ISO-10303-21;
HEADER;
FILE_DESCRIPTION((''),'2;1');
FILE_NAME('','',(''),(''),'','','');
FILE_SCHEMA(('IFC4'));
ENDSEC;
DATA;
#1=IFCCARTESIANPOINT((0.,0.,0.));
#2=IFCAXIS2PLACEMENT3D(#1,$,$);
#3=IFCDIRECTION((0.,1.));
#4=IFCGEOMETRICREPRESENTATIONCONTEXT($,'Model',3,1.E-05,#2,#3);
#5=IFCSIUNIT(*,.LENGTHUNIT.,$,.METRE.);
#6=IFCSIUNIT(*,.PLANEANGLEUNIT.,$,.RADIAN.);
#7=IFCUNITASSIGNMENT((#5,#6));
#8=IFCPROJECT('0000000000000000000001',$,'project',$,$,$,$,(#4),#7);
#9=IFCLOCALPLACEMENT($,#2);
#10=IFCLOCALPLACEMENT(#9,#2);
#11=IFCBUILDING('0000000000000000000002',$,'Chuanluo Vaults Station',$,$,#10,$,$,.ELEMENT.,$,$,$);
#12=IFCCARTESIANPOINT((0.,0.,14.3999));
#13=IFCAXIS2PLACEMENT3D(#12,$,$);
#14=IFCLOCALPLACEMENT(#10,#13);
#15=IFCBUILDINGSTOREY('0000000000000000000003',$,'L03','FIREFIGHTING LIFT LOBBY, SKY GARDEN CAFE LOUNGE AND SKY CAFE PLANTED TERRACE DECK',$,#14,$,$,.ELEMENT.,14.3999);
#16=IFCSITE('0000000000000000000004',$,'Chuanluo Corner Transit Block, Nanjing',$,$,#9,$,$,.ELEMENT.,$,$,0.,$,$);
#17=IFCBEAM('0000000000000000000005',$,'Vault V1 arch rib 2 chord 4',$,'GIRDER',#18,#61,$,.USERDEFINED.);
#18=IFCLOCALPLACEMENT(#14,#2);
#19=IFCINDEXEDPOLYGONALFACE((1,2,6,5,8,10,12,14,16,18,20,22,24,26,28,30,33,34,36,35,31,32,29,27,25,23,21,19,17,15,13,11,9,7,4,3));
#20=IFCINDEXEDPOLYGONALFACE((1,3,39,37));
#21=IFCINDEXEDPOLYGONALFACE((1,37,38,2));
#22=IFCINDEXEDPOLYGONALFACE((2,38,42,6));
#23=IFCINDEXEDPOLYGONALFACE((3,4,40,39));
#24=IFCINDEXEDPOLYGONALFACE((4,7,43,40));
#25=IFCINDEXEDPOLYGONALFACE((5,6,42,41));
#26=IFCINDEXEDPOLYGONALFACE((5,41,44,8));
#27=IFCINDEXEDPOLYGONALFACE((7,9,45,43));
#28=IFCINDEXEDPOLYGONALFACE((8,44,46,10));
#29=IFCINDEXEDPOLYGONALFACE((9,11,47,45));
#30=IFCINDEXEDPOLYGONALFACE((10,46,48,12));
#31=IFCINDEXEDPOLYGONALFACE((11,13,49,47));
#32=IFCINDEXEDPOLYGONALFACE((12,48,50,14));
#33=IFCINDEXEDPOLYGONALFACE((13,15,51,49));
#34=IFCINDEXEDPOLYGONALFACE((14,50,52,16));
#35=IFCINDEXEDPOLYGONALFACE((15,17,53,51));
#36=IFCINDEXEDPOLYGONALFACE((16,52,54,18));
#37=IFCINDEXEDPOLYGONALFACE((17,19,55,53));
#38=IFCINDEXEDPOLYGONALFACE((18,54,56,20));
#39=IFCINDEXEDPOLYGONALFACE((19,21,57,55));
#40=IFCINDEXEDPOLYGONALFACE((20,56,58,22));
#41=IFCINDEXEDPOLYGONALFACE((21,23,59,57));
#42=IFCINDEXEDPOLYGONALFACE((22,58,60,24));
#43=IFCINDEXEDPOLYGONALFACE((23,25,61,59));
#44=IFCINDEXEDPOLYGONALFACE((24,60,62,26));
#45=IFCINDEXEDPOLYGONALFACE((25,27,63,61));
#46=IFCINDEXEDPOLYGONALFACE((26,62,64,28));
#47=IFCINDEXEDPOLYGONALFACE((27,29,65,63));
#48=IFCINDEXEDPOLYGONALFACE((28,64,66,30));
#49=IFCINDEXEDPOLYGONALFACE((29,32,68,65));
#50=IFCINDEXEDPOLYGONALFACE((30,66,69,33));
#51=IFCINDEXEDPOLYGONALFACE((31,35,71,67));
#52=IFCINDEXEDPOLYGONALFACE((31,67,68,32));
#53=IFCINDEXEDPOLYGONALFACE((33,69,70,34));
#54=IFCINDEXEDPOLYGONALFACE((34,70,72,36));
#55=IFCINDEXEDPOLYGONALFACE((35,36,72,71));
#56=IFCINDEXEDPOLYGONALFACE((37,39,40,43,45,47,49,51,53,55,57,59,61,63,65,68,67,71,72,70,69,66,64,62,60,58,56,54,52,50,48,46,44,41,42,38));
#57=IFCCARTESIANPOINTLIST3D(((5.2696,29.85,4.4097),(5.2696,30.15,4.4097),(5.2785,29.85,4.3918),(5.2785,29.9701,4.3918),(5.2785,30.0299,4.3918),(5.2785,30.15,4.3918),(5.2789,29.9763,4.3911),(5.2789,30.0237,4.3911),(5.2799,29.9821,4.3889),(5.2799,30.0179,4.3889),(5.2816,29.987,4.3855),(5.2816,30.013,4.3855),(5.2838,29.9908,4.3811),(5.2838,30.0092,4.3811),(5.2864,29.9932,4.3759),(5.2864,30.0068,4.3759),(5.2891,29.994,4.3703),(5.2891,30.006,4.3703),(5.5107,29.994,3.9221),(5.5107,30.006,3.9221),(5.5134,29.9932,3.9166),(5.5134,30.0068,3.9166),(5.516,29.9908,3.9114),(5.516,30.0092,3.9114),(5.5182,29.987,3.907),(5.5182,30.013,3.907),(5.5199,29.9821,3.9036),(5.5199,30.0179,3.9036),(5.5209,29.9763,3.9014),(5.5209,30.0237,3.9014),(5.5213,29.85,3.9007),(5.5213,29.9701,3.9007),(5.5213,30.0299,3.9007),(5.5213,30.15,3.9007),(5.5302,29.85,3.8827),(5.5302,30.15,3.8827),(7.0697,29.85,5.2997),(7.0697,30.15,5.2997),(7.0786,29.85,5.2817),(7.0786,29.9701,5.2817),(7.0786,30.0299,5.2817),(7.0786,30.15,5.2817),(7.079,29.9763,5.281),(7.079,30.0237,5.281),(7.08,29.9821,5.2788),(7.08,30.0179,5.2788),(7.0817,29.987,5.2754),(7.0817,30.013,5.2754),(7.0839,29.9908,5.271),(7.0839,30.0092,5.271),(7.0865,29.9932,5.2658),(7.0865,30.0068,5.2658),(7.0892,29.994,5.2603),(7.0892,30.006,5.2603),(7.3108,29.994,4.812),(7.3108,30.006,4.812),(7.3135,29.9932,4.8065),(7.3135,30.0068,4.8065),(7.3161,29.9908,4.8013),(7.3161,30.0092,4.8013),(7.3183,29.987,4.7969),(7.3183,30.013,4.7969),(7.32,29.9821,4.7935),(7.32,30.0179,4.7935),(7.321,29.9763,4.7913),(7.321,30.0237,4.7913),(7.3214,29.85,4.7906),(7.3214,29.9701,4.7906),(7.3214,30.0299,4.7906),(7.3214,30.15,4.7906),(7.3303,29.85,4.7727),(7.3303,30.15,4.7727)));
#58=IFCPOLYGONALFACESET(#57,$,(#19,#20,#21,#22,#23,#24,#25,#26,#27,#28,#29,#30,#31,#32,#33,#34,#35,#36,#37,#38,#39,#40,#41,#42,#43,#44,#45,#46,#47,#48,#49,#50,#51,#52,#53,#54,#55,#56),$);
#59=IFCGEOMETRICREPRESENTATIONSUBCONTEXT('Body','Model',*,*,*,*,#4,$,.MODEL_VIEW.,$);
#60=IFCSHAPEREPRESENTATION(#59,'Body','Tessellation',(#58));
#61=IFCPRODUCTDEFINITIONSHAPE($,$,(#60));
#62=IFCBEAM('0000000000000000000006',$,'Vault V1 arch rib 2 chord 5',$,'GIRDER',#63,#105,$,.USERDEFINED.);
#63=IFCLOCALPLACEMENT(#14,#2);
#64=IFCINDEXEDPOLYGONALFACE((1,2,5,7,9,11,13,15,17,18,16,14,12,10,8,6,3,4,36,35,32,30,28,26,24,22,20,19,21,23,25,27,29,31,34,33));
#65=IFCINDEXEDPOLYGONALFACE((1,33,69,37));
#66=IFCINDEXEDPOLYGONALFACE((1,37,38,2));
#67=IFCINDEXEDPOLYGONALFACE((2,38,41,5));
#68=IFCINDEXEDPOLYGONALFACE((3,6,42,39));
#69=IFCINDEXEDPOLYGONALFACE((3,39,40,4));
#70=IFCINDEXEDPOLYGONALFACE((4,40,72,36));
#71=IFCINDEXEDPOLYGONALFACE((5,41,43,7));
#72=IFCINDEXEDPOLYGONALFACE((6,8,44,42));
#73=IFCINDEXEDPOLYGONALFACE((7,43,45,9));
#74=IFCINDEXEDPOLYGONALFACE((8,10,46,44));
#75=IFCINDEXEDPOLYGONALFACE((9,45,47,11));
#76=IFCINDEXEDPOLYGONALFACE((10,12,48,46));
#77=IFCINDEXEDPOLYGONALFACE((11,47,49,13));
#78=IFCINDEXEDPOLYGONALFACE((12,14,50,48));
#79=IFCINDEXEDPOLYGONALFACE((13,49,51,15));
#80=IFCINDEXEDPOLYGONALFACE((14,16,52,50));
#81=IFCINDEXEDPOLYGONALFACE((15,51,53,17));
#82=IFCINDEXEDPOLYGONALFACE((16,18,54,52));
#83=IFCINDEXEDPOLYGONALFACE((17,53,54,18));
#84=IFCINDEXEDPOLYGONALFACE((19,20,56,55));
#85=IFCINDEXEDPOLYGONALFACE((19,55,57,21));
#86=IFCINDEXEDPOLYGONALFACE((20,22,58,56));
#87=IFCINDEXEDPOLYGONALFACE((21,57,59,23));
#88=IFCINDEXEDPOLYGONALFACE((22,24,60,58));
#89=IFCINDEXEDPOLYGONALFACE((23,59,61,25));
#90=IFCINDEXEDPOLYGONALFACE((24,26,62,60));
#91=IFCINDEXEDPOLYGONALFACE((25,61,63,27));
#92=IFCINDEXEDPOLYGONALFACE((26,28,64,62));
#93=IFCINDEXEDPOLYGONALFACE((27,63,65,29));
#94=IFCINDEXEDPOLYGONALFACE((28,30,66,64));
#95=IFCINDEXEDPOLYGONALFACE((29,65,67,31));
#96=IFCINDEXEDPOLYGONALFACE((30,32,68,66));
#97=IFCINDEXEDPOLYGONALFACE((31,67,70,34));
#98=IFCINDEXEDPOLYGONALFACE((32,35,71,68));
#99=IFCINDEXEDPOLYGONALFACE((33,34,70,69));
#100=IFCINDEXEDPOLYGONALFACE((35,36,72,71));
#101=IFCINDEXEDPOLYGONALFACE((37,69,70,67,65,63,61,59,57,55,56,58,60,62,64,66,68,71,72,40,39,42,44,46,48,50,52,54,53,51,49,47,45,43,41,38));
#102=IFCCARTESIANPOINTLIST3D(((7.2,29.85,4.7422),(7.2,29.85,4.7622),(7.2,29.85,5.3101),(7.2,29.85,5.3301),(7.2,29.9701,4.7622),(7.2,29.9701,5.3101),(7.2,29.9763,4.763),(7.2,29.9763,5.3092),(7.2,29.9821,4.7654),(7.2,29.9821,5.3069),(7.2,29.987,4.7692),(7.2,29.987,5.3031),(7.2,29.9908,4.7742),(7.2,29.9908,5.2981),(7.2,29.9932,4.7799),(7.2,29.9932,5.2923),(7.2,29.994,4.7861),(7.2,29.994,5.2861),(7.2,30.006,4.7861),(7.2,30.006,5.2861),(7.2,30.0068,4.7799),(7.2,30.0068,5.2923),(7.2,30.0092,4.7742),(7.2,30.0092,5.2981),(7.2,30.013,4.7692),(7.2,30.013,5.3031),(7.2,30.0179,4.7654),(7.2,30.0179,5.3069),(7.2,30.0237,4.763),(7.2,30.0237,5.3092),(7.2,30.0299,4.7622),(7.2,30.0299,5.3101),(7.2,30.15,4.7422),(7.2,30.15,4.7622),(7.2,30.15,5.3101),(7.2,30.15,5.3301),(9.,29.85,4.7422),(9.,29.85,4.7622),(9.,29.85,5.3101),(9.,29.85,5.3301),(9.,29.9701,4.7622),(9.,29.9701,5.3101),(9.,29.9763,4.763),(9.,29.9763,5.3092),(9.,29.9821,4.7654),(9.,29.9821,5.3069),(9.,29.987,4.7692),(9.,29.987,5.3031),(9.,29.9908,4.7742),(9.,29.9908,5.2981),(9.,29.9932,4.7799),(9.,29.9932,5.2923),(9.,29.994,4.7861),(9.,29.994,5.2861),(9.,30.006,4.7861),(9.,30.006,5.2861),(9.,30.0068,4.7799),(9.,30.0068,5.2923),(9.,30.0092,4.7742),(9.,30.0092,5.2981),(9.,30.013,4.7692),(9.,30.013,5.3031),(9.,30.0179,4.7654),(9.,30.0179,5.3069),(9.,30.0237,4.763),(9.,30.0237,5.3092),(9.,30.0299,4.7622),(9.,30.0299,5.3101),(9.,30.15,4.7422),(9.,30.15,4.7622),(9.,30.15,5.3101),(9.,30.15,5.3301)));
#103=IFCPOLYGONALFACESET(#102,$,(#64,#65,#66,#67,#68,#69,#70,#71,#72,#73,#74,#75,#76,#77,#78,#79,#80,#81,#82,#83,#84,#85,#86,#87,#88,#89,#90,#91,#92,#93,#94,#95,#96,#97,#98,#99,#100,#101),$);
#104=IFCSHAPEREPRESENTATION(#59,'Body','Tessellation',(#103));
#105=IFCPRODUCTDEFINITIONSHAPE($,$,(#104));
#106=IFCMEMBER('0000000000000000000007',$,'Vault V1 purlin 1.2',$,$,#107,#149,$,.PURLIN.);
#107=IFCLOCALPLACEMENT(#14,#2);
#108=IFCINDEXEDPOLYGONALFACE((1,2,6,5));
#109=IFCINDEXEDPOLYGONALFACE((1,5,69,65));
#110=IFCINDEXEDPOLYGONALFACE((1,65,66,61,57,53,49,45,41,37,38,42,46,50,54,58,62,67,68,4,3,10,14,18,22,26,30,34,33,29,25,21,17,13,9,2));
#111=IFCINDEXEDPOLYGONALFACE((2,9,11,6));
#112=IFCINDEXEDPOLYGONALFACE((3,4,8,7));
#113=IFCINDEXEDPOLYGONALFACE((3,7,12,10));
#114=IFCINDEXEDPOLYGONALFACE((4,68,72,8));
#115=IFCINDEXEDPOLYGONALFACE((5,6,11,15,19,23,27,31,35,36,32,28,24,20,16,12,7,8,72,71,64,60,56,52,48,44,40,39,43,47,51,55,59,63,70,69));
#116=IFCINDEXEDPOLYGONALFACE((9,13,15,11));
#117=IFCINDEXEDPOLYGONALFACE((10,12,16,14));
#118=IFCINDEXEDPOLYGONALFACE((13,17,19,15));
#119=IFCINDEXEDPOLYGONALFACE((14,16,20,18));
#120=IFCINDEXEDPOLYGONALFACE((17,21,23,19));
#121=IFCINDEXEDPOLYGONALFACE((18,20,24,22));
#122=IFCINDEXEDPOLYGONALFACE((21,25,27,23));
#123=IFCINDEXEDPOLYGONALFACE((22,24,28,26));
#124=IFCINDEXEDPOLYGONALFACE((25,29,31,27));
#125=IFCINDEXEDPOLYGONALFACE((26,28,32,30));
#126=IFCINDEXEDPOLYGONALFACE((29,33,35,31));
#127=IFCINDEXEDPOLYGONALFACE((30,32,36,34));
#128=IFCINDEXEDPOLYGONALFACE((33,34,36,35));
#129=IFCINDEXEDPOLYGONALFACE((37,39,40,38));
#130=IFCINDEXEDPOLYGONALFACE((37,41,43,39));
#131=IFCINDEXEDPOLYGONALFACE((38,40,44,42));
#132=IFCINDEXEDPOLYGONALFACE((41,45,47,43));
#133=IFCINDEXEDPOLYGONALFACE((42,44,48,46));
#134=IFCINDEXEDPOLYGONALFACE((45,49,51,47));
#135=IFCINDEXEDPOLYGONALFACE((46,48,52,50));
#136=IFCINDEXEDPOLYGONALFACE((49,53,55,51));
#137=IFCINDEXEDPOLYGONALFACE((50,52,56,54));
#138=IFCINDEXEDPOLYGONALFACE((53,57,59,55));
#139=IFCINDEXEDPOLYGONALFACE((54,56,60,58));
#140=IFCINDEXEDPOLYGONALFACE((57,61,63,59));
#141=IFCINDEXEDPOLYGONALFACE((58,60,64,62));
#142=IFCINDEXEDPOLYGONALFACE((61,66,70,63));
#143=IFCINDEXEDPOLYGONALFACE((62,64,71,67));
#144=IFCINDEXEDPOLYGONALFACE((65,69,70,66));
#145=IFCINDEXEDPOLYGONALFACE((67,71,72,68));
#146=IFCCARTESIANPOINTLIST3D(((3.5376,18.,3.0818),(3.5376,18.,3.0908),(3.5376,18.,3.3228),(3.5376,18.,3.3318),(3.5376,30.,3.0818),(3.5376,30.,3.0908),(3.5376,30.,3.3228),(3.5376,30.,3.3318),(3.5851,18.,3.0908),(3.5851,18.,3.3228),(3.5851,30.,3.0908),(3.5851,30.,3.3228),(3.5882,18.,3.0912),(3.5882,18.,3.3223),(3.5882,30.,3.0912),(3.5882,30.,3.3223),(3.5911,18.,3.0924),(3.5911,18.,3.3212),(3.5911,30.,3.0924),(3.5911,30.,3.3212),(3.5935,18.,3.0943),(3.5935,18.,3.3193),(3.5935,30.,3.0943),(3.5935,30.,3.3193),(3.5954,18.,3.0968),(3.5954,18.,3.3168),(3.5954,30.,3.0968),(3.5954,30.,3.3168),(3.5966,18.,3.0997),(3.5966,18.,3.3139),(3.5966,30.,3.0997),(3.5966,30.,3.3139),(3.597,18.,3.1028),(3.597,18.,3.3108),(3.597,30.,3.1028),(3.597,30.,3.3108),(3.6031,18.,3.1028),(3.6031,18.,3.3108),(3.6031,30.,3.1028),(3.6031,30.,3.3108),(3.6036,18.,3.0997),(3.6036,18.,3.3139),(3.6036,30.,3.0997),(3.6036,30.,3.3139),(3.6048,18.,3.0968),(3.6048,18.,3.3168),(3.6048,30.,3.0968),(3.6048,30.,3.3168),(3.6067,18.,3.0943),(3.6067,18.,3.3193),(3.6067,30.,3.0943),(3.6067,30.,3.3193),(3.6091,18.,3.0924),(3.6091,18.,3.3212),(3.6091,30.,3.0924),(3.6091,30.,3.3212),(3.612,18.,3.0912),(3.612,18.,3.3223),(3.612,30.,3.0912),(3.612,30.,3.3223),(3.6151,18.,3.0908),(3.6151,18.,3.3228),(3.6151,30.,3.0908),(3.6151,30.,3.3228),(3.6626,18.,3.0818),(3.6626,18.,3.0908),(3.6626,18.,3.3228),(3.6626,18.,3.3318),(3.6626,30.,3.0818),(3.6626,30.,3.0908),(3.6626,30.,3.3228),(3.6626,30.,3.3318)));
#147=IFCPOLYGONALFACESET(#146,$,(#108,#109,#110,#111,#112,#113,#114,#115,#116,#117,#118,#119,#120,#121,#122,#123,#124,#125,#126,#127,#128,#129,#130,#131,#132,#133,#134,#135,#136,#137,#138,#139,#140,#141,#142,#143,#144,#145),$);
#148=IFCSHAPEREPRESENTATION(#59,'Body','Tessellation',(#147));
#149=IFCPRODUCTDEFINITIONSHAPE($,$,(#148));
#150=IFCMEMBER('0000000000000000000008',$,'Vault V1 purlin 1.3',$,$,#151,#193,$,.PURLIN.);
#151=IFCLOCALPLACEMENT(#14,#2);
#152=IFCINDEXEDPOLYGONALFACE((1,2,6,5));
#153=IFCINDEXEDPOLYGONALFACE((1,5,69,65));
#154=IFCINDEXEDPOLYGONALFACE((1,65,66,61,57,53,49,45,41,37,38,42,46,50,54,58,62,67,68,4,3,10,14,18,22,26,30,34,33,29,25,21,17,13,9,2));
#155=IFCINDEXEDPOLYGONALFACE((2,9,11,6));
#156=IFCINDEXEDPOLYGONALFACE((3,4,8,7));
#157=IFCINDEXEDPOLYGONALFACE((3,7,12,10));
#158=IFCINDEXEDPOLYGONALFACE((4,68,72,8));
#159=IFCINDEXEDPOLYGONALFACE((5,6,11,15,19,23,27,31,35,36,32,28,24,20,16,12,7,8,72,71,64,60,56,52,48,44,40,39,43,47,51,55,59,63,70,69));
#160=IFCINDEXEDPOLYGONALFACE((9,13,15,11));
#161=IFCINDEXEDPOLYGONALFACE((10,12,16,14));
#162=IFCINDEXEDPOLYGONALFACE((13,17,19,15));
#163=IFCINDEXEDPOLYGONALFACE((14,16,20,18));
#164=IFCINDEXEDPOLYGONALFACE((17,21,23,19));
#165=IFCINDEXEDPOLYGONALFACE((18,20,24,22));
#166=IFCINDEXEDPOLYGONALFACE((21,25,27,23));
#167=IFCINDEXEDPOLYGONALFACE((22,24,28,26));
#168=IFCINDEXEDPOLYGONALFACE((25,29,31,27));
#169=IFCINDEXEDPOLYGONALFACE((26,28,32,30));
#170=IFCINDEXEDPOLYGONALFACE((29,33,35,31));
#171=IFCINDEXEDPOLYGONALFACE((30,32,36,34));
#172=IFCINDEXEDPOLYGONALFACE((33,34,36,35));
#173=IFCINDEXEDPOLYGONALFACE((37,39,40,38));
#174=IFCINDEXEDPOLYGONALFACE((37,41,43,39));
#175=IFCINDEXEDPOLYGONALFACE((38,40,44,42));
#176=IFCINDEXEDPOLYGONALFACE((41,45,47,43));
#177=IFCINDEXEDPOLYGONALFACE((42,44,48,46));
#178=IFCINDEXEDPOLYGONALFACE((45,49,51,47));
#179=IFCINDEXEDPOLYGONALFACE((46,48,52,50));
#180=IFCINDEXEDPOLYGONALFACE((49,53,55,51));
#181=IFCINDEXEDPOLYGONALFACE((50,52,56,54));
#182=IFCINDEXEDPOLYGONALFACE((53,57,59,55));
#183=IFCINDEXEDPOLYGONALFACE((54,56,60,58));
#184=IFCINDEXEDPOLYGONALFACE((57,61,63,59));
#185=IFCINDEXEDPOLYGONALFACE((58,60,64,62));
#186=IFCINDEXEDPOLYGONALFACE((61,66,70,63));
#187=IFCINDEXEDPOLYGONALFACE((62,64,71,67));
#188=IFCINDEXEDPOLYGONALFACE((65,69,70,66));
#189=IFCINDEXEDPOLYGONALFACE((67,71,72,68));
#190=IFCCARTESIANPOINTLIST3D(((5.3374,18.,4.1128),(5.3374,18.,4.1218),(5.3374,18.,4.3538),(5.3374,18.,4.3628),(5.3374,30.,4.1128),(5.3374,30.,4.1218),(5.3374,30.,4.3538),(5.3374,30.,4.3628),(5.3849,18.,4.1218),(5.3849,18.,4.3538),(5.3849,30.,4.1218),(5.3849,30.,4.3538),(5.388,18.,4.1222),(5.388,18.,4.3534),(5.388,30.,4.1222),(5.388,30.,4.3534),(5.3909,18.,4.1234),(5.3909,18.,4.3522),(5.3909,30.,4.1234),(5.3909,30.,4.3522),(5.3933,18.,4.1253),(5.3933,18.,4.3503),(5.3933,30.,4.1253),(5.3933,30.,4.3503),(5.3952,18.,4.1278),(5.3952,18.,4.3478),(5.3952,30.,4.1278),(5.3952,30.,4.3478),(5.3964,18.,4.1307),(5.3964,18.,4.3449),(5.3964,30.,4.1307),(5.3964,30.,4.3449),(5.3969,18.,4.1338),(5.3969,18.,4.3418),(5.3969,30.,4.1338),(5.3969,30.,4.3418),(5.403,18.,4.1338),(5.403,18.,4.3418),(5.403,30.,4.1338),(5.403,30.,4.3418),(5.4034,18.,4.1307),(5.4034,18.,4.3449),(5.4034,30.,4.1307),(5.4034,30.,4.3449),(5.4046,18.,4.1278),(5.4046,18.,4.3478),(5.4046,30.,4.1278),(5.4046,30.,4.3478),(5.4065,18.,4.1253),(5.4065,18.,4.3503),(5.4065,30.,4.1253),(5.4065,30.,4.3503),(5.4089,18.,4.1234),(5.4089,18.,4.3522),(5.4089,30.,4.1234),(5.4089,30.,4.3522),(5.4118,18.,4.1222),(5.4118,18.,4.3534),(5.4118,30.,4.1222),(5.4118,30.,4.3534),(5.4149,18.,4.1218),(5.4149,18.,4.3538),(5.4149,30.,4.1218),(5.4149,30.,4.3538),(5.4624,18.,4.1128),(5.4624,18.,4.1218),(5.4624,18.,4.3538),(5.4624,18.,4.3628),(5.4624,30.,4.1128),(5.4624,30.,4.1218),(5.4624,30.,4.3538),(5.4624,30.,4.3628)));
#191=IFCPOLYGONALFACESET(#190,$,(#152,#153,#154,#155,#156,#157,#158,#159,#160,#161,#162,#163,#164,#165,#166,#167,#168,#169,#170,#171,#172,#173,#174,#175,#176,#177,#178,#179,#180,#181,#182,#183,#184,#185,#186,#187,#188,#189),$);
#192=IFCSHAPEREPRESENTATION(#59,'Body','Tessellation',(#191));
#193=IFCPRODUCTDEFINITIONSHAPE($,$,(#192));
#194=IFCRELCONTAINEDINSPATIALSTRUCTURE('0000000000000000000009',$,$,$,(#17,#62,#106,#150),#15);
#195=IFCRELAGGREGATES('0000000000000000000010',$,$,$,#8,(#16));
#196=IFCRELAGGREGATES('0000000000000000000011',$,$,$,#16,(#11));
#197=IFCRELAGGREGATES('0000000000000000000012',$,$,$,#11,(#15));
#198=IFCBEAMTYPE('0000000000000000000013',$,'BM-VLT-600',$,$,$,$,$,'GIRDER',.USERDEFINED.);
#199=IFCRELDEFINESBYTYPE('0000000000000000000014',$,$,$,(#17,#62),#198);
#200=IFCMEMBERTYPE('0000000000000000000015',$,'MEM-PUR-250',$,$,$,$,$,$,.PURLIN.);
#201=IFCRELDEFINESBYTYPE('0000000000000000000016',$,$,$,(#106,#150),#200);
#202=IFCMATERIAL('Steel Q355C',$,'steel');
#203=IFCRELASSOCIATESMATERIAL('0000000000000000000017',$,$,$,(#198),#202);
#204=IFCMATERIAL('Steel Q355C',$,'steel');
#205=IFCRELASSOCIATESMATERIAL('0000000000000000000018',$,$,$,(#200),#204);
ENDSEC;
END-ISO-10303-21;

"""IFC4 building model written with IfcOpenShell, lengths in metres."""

from ifc_helpers import new_model, si_unit, direction, frame, origin, origin_2d, place, context, subcontext, project, spatial, i_section, extrude, material, material_profile, profile_set, type_object, element, save


model = new_model("IFC4")

# Units and contexts
model_context = context("Model", 3, precision=1e-05, world=origin(), true_north=direction((0.0, 1.0)))
body_context = subcontext(model_context, "Body", "Model", "MODEL_VIEW")
ifc_project = project(units=[si_unit("LENGTHUNIT", "METRE"), si_unit("PLANEANGLEUNIT", "RADIAN")], contexts=[model_context])

# Site, building, storey
site_placement = place(None, origin())
site = spatial("IfcSite", under=ifc_project, at=site_placement, Name="Chuanluo Corner Transit Block, Nanjing", CompositionType="ELEMENT", RefElevation=0.0)
building_placement = place(site_placement, origin())
building = spatial("IfcBuilding", under=site, at=building_placement, Name="Chuanluo Vaults Station", CompositionType="ELEMENT")
storey_placement = place(building_placement, frame((0.0, 0.0, 14.3999)))
storey = spatial("IfcBuildingStorey", under=building, at=storey_placement, Name="L03", Description="FIREFIGHTING LIFT LOBBY, SKY GARDEN CAFE LOUNGE AND SKY CAFE PLANTED TERRACE DECK", CompositionType="ELEMENT", Elevation=14.3999)

# Beams
ifc_material_1 = material(Name="Steel Q355C", Category="steel")
ifc_material_profile_1 = material_profile(ifc_material_1, i_section(OverallWidth=0.3, OverallDepth=0.5879, WebThickness=0.012, FlangeThickness=0.02, FilletRadius=0.0239, at=origin_2d()))
ifc_profile_set_1 = profile_set([ifc_material_profile_1], Name="Steel Q355C")
beam_type_1 = type_object("IfcBeamType", Name="BM-VLT-600", ElementType="GIRDER", PredefinedType="USERDEFINED", material=ifc_profile_set_1)
beam_1_placement = place(storey_placement, frame((5.3999, 30.0, 4.1462), z_axis=(0.896436, 0.0, 0.443172), x_axis=(0.0, 1.0, 0.0)))
element("IfcBeam", 1, at=beam_1_placement, inside=storey, type_object=beam_type_1, Name="Vault V1 arch rib 2 chord 4", ObjectType="GIRDER", PredefinedType="USERDEFINED", context=body_context, shape_type="SweptSolid", body=[
    extrude(i_section(OverallWidth=0.3, OverallDepth=0.5879, WebThickness=0.012, FlangeThickness=0.02, FilletRadius=0.0239, at=origin_2d()), origin(), (0.0, 0.0, 1.0), 2.0081),
])
beam_2_placement = place(storey_placement, frame((7.2, 30.0, 5.0361), z_axis=(1.0, 0.0, 0.0), x_axis=(0.0, 1.0, 0.0)))
element("IfcBeam", 2, at=beam_2_placement, inside=storey, type_object=beam_type_1, Name="Vault V1 arch rib 2 chord 5", ObjectType="GIRDER", PredefinedType="USERDEFINED", context=body_context, shape_type="SweptSolid", body=[
    extrude(i_section(OverallWidth=0.3, OverallDepth=0.5879, WebThickness=0.012, FlangeThickness=0.02, FilletRadius=0.0239, at=origin_2d()), origin(), (0.0, 0.0, 1.0), 1.8),
])

# Members
ifc_material_2 = material(Name="Steel Q355C", Category="steel")
ifc_material_profile_2 = material_profile(ifc_material_2, i_section(OverallWidth=0.125, OverallDepth=0.25, WebThickness=0.0061, FlangeThickness=0.009, FilletRadius=0.012, at=origin_2d()))
ifc_profile_set_2 = profile_set([ifc_material_profile_2], Name="Steel Q355C")
member_type_1 = type_object("IfcMemberType", Name="MEM-PUR-250", PredefinedType="PURLIN", material=ifc_profile_set_2)
for number, where, z_axis, x_axis, name in (
    (3, (3.6001, 18.0, 3.2068), (0.0, 1.0, 0.0), (-1.0, 0.0, 0.0), "Vault V1 purlin 1.2"),
    (4, (5.3999, 18.0, 4.2378), (0.0, 1.0, 0.0), (-1.0, 0.0, 0.0), "Vault V1 purlin 1.3"),
):
    element("IfcMember", number, at=place(storey_placement, frame(where, z_axis=z_axis, x_axis=x_axis)), inside=storey, type_object=member_type_1, Name=name, PredefinedType="PURLIN", context=body_context, shape_type="SweptSolid", body=[
        extrude(i_section(OverallWidth=0.125, OverallDepth=0.25, WebThickness=0.0061, FlangeThickness=0.009, FilletRadius=0.012, at=origin_2d()), origin(), (0.0, 0.0, 1.0), 12.0),
    ])

save(model, "model.ifc")
